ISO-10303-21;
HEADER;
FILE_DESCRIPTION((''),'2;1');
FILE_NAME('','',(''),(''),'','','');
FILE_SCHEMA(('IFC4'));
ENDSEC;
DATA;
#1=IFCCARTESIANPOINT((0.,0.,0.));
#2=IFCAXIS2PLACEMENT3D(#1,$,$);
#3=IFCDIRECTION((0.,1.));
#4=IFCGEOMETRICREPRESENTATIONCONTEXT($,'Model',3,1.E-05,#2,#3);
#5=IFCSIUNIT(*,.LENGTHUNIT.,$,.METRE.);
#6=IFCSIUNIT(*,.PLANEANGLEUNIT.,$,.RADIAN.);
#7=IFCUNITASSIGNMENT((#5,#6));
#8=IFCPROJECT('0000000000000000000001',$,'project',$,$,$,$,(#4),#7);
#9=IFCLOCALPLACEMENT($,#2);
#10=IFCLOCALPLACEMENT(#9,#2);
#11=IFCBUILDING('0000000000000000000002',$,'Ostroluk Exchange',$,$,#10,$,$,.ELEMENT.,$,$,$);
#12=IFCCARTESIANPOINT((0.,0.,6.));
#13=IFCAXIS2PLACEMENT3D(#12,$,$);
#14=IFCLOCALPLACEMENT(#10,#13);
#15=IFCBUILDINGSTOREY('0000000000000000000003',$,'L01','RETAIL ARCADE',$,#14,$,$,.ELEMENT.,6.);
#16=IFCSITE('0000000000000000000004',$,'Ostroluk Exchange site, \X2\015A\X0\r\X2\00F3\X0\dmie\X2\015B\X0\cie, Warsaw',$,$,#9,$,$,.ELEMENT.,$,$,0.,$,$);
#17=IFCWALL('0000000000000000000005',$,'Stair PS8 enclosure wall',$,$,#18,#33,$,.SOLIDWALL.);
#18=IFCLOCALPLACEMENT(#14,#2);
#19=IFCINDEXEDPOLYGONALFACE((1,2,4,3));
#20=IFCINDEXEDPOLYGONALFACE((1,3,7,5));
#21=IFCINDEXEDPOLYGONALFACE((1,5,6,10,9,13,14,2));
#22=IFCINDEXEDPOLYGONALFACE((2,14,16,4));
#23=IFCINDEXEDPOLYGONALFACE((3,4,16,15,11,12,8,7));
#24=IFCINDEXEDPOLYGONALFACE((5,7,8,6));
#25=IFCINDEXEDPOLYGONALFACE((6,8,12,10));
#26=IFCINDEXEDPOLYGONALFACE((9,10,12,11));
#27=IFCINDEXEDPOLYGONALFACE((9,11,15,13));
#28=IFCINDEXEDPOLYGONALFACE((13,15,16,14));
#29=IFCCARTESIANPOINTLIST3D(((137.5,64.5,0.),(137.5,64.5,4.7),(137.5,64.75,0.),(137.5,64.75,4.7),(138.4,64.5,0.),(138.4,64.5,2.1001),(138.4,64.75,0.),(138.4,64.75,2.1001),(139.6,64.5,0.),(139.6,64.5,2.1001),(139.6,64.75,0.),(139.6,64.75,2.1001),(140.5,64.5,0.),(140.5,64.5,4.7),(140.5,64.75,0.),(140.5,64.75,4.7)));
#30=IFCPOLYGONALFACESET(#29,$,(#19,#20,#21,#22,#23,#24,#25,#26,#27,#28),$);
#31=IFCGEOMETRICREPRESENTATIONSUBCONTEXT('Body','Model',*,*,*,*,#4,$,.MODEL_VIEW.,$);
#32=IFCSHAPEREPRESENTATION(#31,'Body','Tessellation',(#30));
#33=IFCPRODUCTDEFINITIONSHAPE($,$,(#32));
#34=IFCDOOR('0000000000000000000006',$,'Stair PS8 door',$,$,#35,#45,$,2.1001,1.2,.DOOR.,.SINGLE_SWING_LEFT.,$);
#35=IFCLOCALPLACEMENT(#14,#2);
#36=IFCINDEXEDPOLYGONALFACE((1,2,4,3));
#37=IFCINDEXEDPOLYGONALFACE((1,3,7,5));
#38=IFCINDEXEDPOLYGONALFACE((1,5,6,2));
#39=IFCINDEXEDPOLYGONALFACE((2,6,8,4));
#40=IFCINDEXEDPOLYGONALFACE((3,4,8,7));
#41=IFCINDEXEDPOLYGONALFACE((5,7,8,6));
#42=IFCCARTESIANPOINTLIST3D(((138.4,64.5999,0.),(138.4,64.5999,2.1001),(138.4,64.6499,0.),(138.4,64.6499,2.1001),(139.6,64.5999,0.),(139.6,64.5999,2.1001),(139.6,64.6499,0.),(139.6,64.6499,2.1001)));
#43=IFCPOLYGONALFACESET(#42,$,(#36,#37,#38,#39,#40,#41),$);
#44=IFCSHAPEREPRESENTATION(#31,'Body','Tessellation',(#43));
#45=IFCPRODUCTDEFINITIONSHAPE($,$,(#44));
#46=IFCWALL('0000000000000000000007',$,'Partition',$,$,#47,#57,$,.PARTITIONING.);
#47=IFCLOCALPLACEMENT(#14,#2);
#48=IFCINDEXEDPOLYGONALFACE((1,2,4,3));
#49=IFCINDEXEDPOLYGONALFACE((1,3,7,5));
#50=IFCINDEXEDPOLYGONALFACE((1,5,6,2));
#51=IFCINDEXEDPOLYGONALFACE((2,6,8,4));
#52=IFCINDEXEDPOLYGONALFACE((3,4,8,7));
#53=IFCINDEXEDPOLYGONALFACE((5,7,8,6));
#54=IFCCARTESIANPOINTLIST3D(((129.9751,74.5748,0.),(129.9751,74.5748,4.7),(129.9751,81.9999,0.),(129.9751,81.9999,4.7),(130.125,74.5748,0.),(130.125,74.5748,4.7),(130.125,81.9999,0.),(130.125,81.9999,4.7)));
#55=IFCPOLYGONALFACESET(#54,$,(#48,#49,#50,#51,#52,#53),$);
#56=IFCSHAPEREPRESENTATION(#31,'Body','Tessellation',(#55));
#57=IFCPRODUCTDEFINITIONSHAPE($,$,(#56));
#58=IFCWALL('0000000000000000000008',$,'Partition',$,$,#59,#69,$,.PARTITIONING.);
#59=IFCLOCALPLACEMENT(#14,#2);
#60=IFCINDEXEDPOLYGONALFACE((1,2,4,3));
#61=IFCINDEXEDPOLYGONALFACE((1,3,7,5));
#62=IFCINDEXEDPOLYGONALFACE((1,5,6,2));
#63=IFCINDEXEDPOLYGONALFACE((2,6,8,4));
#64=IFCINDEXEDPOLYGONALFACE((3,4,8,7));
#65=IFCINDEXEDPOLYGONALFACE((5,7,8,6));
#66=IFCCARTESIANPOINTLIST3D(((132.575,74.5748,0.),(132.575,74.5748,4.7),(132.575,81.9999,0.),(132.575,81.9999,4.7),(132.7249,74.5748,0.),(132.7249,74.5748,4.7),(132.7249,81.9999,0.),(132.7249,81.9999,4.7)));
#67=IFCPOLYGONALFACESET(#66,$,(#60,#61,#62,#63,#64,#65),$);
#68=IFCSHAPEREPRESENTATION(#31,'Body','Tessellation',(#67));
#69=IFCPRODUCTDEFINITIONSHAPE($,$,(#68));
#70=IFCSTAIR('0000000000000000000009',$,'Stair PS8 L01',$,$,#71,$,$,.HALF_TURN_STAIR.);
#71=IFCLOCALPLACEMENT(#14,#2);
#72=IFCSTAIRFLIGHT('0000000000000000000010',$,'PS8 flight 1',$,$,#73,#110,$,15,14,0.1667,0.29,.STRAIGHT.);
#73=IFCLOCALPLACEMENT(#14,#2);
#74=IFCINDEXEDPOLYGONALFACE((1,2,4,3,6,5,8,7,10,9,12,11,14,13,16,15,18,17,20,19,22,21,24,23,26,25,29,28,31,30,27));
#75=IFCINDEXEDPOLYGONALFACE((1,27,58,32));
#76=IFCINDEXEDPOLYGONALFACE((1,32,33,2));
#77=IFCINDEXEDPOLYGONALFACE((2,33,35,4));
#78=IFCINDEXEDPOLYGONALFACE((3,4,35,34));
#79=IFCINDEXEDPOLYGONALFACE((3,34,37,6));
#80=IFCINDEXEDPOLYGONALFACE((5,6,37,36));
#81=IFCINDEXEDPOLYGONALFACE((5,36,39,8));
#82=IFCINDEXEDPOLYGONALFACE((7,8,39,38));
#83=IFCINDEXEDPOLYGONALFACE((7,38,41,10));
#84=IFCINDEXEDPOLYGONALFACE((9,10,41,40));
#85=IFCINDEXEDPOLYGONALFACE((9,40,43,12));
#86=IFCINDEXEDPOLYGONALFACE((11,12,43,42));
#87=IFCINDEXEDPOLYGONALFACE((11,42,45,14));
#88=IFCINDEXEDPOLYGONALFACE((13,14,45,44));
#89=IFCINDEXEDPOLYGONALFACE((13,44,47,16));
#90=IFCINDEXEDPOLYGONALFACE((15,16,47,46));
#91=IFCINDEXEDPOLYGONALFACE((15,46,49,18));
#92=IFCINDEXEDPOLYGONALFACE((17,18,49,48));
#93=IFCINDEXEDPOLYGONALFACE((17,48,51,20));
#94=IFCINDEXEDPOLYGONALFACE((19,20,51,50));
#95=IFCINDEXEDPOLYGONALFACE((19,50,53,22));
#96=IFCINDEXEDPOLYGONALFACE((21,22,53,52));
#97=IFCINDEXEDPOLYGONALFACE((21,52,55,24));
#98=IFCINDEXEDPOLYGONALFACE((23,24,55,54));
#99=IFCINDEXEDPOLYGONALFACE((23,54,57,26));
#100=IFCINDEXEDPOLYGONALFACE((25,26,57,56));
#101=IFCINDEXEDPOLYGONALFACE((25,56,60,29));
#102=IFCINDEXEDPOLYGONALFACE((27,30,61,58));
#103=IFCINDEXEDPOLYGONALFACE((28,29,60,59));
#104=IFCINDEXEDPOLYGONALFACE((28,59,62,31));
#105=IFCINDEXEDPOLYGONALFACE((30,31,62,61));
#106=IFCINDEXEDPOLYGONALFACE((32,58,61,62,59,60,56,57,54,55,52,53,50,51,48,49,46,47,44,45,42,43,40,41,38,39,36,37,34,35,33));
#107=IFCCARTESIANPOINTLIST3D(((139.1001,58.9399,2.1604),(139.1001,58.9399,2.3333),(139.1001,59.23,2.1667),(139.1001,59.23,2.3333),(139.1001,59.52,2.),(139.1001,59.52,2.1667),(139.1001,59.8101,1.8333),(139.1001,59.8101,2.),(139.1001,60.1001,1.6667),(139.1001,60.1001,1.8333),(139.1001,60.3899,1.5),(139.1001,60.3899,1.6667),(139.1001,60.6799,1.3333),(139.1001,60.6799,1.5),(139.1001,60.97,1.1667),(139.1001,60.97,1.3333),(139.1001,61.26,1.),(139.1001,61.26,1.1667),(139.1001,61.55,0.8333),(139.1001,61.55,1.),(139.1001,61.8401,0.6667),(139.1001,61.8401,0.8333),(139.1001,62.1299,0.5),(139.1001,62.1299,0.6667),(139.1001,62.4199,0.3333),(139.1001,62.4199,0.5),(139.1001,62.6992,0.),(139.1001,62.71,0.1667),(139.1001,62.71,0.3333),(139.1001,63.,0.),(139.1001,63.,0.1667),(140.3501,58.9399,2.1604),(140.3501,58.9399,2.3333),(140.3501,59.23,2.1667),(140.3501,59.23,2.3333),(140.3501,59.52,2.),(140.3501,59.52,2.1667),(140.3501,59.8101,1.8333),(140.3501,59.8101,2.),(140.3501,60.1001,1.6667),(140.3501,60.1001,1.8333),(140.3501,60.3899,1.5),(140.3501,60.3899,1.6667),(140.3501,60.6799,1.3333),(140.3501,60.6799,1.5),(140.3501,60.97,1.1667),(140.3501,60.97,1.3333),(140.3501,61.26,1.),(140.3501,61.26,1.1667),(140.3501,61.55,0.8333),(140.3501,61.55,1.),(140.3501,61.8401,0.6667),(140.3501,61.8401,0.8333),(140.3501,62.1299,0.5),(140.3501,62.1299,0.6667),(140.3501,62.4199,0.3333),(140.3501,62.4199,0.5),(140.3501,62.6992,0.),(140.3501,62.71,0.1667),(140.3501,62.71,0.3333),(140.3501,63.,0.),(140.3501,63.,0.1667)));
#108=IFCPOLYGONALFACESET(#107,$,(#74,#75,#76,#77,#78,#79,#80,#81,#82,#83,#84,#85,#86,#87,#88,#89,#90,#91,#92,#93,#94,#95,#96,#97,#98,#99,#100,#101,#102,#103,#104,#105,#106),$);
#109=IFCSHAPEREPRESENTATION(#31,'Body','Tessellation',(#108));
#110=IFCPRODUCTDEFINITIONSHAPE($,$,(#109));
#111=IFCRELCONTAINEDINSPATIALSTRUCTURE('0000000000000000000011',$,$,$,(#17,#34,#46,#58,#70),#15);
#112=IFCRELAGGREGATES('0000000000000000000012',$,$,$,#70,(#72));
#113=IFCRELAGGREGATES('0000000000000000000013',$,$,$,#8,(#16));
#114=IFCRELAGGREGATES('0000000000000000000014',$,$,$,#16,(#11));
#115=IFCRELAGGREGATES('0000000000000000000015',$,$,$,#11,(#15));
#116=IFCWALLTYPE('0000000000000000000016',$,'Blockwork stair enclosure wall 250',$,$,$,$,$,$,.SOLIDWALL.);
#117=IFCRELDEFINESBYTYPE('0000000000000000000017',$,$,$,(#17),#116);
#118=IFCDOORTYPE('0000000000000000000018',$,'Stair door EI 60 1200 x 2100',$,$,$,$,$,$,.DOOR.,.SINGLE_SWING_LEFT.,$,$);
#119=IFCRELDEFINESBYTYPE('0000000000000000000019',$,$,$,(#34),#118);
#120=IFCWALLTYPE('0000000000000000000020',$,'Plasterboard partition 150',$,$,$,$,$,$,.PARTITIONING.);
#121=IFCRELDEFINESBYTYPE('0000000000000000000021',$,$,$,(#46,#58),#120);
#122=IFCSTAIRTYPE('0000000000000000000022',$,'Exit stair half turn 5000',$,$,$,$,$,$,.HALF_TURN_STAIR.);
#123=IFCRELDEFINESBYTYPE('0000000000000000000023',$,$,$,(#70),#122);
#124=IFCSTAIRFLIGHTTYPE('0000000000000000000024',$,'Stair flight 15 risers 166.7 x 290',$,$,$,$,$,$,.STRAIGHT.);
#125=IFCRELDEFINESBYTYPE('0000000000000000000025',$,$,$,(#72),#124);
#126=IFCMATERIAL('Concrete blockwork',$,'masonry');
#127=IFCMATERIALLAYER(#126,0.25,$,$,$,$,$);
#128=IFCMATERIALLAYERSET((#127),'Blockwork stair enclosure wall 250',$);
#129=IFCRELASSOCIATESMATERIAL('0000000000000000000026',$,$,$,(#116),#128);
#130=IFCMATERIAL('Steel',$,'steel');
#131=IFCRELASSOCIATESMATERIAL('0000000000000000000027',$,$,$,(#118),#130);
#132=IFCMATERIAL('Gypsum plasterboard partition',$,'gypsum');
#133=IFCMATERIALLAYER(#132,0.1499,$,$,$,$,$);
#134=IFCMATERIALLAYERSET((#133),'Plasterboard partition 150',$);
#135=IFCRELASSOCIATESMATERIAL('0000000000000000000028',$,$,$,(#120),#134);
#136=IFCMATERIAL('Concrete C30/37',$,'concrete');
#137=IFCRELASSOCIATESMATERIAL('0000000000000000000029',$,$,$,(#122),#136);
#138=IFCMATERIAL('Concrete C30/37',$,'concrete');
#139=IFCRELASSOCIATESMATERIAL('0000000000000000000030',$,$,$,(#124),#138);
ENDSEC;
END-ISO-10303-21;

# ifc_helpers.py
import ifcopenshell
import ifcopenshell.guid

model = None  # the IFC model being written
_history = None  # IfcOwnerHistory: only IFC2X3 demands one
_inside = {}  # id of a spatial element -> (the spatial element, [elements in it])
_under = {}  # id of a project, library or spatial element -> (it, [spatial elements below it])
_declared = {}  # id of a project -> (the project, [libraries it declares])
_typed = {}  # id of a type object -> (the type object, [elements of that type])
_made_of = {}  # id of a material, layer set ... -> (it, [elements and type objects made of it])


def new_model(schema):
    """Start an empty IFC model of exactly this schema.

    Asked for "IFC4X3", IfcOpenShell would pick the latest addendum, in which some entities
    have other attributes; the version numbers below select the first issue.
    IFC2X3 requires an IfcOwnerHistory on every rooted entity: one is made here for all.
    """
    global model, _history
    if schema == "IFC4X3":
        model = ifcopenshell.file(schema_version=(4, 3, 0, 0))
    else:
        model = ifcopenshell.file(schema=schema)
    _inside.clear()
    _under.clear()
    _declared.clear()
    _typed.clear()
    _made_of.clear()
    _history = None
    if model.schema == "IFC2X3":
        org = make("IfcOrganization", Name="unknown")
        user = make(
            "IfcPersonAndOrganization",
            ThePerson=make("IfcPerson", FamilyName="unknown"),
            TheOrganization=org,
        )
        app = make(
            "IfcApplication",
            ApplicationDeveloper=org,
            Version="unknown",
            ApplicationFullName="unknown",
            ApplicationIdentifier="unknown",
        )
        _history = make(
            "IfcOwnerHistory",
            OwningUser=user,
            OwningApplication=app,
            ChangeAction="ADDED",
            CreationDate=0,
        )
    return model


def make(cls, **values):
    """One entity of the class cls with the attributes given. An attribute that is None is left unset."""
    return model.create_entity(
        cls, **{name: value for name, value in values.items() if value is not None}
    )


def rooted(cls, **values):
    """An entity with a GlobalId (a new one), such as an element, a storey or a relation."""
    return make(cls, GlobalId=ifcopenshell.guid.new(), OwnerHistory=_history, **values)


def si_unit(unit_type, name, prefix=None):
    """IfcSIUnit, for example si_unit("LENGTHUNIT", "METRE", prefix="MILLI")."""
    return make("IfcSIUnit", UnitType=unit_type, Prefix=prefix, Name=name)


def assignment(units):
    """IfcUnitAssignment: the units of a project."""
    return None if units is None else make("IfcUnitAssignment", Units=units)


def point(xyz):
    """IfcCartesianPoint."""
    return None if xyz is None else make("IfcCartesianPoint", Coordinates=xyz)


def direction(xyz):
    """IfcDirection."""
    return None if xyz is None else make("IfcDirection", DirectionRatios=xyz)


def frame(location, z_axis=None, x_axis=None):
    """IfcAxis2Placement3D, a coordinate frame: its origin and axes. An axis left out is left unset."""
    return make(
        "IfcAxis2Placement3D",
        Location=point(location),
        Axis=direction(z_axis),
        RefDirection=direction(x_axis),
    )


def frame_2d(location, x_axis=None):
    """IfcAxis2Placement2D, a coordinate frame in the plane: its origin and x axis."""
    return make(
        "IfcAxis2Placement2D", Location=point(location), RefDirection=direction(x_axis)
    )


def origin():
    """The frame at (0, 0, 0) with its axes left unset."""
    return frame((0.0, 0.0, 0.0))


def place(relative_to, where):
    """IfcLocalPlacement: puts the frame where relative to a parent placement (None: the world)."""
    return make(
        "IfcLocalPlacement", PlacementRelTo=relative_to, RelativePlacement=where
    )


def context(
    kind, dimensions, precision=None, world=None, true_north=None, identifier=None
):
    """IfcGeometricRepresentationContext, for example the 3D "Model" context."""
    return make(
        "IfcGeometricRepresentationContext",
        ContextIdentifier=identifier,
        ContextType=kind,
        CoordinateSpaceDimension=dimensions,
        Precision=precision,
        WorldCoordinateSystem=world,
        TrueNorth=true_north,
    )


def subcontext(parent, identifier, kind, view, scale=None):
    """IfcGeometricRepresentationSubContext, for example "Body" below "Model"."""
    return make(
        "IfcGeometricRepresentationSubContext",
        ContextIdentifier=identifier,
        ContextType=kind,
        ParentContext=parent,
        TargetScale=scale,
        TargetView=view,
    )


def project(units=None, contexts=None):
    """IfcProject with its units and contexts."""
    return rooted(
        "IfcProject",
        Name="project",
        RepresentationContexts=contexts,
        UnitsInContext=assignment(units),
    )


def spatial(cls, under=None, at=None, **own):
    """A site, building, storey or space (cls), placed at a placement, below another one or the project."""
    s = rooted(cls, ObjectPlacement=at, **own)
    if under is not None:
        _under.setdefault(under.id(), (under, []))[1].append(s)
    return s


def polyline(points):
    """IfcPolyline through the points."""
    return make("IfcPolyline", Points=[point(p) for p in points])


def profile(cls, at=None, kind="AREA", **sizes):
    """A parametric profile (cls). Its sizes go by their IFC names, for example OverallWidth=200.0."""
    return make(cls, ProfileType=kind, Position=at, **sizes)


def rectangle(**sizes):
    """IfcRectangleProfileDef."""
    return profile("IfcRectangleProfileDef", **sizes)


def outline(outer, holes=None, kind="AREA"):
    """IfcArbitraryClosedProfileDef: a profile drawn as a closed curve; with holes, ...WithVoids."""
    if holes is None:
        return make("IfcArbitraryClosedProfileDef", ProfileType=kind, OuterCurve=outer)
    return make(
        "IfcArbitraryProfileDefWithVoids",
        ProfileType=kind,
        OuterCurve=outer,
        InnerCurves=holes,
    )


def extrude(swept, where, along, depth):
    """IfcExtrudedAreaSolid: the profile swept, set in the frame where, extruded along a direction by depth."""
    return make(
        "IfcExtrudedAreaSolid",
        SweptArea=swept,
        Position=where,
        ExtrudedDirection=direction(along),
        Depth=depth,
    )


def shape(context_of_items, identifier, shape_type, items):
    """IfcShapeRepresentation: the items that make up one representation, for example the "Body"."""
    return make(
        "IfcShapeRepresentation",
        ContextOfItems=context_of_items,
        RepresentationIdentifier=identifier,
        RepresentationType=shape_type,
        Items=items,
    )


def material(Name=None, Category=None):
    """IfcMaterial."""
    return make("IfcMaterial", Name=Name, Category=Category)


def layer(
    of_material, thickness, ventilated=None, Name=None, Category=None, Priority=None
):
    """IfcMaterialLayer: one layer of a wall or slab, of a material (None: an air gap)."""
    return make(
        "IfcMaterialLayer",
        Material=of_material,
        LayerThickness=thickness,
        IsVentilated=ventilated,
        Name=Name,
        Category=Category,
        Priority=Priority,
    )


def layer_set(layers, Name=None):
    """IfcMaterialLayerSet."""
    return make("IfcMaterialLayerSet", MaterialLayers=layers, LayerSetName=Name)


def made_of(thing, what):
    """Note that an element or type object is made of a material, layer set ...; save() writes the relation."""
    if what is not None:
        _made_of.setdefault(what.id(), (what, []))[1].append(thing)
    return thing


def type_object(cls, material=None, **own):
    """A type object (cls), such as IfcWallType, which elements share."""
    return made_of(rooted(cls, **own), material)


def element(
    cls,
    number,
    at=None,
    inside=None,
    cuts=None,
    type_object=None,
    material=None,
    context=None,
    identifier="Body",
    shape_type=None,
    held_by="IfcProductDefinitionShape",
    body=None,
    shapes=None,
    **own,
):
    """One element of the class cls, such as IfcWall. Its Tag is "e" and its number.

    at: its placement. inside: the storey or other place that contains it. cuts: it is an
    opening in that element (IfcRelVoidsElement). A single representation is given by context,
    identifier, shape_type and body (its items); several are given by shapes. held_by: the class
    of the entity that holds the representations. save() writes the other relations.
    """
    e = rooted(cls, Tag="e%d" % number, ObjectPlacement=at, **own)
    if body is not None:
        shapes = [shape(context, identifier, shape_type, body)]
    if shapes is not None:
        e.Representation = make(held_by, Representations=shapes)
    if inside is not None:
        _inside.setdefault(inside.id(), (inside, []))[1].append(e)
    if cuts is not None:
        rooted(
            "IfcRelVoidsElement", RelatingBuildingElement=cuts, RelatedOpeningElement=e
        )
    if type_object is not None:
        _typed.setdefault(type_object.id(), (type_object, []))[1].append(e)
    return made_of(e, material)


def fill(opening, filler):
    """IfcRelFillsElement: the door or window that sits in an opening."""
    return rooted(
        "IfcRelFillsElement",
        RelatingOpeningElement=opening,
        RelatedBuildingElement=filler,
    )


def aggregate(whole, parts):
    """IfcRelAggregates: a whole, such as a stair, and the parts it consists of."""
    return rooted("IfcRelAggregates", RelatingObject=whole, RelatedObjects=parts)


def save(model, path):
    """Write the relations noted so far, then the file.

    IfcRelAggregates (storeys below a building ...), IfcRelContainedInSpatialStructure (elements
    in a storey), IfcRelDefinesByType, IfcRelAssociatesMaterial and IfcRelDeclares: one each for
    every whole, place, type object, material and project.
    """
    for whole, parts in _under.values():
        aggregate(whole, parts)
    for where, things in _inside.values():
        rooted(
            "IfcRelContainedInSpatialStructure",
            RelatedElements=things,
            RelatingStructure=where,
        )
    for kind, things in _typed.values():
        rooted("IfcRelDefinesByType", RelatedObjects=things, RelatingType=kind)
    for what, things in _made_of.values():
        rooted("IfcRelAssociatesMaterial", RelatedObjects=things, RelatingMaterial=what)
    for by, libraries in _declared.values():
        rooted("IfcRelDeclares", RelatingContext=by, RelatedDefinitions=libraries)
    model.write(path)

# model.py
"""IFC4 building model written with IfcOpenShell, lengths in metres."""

from ifc_helpers import new_model, si_unit, direction, frame, frame_2d, origin, place, context, subcontext, project, spatial, polyline, rectangle, outline, extrude, material, layer, layer_set, type_object, element, fill, aggregate, save


model = new_model("IFC4")

# Units and contexts
model_context = context("Model", 3, precision=1e-05, world=origin(), true_north=direction((0.0, 1.0)))
body_context = subcontext(model_context, "Body", "Model", "MODEL_VIEW")
ifc_project = project(units=[si_unit("LENGTHUNIT", "METRE"), si_unit("PLANEANGLEUNIT", "RADIAN")], contexts=[model_context])

# Site, building, storey
site_placement = place(None, origin())
site = spatial("IfcSite", under=ifc_project, at=site_placement, Name="Ostroluk Exchange site, Śródmieście, Warsaw", CompositionType="ELEMENT", RefElevation=0.0)
building_placement = place(site_placement, origin())
building = spatial("IfcBuilding", under=site, at=building_placement, Name="Ostroluk Exchange", CompositionType="ELEMENT")
storey_placement = place(building_placement, frame((0.0, 0.0, 6.0)))
storey = spatial("IfcBuildingStorey", under=building, at=storey_placement, Name="L01", Description="RETAIL ARCADE", CompositionType="ELEMENT", Elevation=6.0)

# Wall, opening, door
ifc_material_1 = material(Name="Concrete blockwork", Category="masonry")
ifc_layer_1 = layer(ifc_material_1, 0.25)
ifc_layer_set_1 = layer_set([ifc_layer_1], Name="Blockwork stair enclosure wall 250")
wall_type_1 = type_object("IfcWallType", Name="Blockwork stair enclosure wall 250", PredefinedType="SOLIDWALL", material=ifc_layer_set_1)
wall_placement = place(storey_placement, frame((137.5, 64.625, 0.0), z_axis=(0.0, 0.0, 1.0), x_axis=(1.0, 0.0, 0.0)))
wall = element("IfcWall", 1, at=wall_placement, inside=storey, type_object=wall_type_1, Name="Stair PS8 enclosure wall", PredefinedType="SOLIDWALL", context=body_context, shape_type="SweptSolid", body=[
    extrude(rectangle(XDim=3.0, YDim=0.25, at=frame_2d((1.5, 0.0))), origin(), (0.0, 0.0, 1.0), 4.7),
])
opening_placement = place(wall_placement, frame((0.8999, 0.0, 0.0)))
opening = element("IfcOpeningElement", 2, at=opening_placement, cuts=wall, PredefinedType="OPENING", context=body_context, shape_type="SweptSolid", body=[
    extrude(rectangle(XDim=1.2, YDim=2.1001, at=frame_2d((0.6001, 1.05))), frame((0.0, 0.135, 0.0), z_axis=(0.0, -1.0, 0.0), x_axis=(1.0, 0.0, 0.0)), (0.0, 0.0, 1.0), 0.27),
])
ifc_material_2 = material(Name="Steel", Category="steel")
door_type = type_object("IfcDoorType", Name="Stair door EI 60 1200 x 2100", OperationType="SINGLE_SWING_LEFT", PredefinedType="DOOR", material=ifc_material_2)
door_placement = place(opening_placement, origin())
door = element("IfcDoor", 3, at=door_placement, inside=storey, type_object=door_type, Name="Stair PS8 door", OperationType="SINGLE_SWING_LEFT", OverallHeight=2.1001, OverallWidth=1.2, PredefinedType="DOOR", context=body_context, shape_type="SweptSolid", body=[
    extrude(rectangle(XDim=1.2, YDim=2.1001, at=frame_2d((0.6001, 1.05))), frame((0.0, 0.0249, 0.0), z_axis=(0.0, -1.0, 0.0), x_axis=(1.0, 0.0, 0.0)), (0.0, 0.0, 1.0), 0.05),
])
fill(opening, door)

# Walls
ifc_material_3 = material(Name="Gypsum plasterboard partition", Category="gypsum")
ifc_layer_2 = layer(ifc_material_3, 0.1499)
ifc_layer_set_2 = layer_set([ifc_layer_2], Name="Plasterboard partition 150")
wall_type_2 = type_object("IfcWallType", Name="Plasterboard partition 150", PredefinedType="PARTITIONING", material=ifc_layer_set_2)
for number, where, z_axis, x_axis, name in (
    (4, (130.05, 74.575, 0.0), (0.0, 0.0, 1.0), (0.0, 1.0, 0.0), "Partition"),
    (5, (132.6499, 74.575, 0.0), (0.0, 0.0, 1.0), (0.0, 1.0, 0.0), "Partition"),
):
    element("IfcWall", number, at=place(storey_placement, frame(where, z_axis=z_axis, x_axis=x_axis)), inside=storey, type_object=wall_type_2, Name=name, PredefinedType="PARTITIONING", context=body_context, shape_type="SweptSolid", body=[
        extrude(rectangle(XDim=7.425, YDim=0.1499, at=frame_2d((3.7124, 0.0))), origin(), (0.0, 0.0, 1.0), 4.7),
    ])

# Stair, stair flight
ifc_material_4 = material(Name="Concrete C30/37", Category="concrete")
stair_type = type_object("IfcStairType", Name="Exit stair half turn 5000", PredefinedType="HALF_TURN_STAIR", material=ifc_material_4)
stair_placement = place(storey_placement, origin())
stair = element("IfcStair", 6, at=stair_placement, inside=storey, type_object=stair_type, Name="Stair PS8 L01", PredefinedType="HALF_TURN_STAIR")
ifc_material_5 = material(Name="Concrete C30/37", Category="concrete")
stair_flight_type = type_object("IfcStairFlightType", Name="Stair flight 15 risers 166.7 x 290", PredefinedType="STRAIGHT", material=ifc_material_5)
stair_flight_placement = place(storey_placement, frame((139.7251, 63.0, 0.0), z_axis=(0.0, 0.0, 1.0), x_axis=(0.0, -1.0, 0.0)))
stair_flight = element("IfcStairFlight", 7, at=stair_flight_placement, type_object=stair_flight_type, Name="PS8 flight 1", NumberOfRisers=15, NumberOfTreads=14, PredefinedType="STRAIGHT", RiserHeight=0.1667, TreadLength=0.29, context=body_context, shape_type="SweptSolid", body=[
    extrude(outline(polyline([(0.0, 0.0), (0.0, 0.1667), (0.29, 0.1667), (0.29, 0.3333), (0.5801, 0.3333), (0.5801, 0.5), (0.8701, 0.5), (0.8701, 0.6667), (1.1599, 0.6667), (1.1599, 0.8333), (1.45, 0.8333), (1.45, 1.0), (1.74, 1.0), (1.74, 1.1667), (2.03, 1.1667), (2.03, 1.3333), (2.3201, 1.3333), (2.3201, 1.5), (2.6101, 1.5), (2.6101, 1.6667), (2.8999, 1.6667), (2.8999, 1.8333), (3.1899, 1.8333), (3.1899, 2.0), (3.48, 2.0), (3.48, 2.1667), (3.77, 2.1667), (3.77, 2.3333), (4.0601, 2.3333), (4.0601, 2.5), (4.0601, 2.1604), (0.3008, 0.0), (0.0, 0.0)])), frame((0.0, 0.625, 0.0), z_axis=(0.0, -1.0, 0.0), x_axis=(1.0, 0.0, 0.0)), (0.0, 0.0, 1.0), 1.25),
])
aggregate(stair, [stair_flight])

save(model, "model.ifc")
